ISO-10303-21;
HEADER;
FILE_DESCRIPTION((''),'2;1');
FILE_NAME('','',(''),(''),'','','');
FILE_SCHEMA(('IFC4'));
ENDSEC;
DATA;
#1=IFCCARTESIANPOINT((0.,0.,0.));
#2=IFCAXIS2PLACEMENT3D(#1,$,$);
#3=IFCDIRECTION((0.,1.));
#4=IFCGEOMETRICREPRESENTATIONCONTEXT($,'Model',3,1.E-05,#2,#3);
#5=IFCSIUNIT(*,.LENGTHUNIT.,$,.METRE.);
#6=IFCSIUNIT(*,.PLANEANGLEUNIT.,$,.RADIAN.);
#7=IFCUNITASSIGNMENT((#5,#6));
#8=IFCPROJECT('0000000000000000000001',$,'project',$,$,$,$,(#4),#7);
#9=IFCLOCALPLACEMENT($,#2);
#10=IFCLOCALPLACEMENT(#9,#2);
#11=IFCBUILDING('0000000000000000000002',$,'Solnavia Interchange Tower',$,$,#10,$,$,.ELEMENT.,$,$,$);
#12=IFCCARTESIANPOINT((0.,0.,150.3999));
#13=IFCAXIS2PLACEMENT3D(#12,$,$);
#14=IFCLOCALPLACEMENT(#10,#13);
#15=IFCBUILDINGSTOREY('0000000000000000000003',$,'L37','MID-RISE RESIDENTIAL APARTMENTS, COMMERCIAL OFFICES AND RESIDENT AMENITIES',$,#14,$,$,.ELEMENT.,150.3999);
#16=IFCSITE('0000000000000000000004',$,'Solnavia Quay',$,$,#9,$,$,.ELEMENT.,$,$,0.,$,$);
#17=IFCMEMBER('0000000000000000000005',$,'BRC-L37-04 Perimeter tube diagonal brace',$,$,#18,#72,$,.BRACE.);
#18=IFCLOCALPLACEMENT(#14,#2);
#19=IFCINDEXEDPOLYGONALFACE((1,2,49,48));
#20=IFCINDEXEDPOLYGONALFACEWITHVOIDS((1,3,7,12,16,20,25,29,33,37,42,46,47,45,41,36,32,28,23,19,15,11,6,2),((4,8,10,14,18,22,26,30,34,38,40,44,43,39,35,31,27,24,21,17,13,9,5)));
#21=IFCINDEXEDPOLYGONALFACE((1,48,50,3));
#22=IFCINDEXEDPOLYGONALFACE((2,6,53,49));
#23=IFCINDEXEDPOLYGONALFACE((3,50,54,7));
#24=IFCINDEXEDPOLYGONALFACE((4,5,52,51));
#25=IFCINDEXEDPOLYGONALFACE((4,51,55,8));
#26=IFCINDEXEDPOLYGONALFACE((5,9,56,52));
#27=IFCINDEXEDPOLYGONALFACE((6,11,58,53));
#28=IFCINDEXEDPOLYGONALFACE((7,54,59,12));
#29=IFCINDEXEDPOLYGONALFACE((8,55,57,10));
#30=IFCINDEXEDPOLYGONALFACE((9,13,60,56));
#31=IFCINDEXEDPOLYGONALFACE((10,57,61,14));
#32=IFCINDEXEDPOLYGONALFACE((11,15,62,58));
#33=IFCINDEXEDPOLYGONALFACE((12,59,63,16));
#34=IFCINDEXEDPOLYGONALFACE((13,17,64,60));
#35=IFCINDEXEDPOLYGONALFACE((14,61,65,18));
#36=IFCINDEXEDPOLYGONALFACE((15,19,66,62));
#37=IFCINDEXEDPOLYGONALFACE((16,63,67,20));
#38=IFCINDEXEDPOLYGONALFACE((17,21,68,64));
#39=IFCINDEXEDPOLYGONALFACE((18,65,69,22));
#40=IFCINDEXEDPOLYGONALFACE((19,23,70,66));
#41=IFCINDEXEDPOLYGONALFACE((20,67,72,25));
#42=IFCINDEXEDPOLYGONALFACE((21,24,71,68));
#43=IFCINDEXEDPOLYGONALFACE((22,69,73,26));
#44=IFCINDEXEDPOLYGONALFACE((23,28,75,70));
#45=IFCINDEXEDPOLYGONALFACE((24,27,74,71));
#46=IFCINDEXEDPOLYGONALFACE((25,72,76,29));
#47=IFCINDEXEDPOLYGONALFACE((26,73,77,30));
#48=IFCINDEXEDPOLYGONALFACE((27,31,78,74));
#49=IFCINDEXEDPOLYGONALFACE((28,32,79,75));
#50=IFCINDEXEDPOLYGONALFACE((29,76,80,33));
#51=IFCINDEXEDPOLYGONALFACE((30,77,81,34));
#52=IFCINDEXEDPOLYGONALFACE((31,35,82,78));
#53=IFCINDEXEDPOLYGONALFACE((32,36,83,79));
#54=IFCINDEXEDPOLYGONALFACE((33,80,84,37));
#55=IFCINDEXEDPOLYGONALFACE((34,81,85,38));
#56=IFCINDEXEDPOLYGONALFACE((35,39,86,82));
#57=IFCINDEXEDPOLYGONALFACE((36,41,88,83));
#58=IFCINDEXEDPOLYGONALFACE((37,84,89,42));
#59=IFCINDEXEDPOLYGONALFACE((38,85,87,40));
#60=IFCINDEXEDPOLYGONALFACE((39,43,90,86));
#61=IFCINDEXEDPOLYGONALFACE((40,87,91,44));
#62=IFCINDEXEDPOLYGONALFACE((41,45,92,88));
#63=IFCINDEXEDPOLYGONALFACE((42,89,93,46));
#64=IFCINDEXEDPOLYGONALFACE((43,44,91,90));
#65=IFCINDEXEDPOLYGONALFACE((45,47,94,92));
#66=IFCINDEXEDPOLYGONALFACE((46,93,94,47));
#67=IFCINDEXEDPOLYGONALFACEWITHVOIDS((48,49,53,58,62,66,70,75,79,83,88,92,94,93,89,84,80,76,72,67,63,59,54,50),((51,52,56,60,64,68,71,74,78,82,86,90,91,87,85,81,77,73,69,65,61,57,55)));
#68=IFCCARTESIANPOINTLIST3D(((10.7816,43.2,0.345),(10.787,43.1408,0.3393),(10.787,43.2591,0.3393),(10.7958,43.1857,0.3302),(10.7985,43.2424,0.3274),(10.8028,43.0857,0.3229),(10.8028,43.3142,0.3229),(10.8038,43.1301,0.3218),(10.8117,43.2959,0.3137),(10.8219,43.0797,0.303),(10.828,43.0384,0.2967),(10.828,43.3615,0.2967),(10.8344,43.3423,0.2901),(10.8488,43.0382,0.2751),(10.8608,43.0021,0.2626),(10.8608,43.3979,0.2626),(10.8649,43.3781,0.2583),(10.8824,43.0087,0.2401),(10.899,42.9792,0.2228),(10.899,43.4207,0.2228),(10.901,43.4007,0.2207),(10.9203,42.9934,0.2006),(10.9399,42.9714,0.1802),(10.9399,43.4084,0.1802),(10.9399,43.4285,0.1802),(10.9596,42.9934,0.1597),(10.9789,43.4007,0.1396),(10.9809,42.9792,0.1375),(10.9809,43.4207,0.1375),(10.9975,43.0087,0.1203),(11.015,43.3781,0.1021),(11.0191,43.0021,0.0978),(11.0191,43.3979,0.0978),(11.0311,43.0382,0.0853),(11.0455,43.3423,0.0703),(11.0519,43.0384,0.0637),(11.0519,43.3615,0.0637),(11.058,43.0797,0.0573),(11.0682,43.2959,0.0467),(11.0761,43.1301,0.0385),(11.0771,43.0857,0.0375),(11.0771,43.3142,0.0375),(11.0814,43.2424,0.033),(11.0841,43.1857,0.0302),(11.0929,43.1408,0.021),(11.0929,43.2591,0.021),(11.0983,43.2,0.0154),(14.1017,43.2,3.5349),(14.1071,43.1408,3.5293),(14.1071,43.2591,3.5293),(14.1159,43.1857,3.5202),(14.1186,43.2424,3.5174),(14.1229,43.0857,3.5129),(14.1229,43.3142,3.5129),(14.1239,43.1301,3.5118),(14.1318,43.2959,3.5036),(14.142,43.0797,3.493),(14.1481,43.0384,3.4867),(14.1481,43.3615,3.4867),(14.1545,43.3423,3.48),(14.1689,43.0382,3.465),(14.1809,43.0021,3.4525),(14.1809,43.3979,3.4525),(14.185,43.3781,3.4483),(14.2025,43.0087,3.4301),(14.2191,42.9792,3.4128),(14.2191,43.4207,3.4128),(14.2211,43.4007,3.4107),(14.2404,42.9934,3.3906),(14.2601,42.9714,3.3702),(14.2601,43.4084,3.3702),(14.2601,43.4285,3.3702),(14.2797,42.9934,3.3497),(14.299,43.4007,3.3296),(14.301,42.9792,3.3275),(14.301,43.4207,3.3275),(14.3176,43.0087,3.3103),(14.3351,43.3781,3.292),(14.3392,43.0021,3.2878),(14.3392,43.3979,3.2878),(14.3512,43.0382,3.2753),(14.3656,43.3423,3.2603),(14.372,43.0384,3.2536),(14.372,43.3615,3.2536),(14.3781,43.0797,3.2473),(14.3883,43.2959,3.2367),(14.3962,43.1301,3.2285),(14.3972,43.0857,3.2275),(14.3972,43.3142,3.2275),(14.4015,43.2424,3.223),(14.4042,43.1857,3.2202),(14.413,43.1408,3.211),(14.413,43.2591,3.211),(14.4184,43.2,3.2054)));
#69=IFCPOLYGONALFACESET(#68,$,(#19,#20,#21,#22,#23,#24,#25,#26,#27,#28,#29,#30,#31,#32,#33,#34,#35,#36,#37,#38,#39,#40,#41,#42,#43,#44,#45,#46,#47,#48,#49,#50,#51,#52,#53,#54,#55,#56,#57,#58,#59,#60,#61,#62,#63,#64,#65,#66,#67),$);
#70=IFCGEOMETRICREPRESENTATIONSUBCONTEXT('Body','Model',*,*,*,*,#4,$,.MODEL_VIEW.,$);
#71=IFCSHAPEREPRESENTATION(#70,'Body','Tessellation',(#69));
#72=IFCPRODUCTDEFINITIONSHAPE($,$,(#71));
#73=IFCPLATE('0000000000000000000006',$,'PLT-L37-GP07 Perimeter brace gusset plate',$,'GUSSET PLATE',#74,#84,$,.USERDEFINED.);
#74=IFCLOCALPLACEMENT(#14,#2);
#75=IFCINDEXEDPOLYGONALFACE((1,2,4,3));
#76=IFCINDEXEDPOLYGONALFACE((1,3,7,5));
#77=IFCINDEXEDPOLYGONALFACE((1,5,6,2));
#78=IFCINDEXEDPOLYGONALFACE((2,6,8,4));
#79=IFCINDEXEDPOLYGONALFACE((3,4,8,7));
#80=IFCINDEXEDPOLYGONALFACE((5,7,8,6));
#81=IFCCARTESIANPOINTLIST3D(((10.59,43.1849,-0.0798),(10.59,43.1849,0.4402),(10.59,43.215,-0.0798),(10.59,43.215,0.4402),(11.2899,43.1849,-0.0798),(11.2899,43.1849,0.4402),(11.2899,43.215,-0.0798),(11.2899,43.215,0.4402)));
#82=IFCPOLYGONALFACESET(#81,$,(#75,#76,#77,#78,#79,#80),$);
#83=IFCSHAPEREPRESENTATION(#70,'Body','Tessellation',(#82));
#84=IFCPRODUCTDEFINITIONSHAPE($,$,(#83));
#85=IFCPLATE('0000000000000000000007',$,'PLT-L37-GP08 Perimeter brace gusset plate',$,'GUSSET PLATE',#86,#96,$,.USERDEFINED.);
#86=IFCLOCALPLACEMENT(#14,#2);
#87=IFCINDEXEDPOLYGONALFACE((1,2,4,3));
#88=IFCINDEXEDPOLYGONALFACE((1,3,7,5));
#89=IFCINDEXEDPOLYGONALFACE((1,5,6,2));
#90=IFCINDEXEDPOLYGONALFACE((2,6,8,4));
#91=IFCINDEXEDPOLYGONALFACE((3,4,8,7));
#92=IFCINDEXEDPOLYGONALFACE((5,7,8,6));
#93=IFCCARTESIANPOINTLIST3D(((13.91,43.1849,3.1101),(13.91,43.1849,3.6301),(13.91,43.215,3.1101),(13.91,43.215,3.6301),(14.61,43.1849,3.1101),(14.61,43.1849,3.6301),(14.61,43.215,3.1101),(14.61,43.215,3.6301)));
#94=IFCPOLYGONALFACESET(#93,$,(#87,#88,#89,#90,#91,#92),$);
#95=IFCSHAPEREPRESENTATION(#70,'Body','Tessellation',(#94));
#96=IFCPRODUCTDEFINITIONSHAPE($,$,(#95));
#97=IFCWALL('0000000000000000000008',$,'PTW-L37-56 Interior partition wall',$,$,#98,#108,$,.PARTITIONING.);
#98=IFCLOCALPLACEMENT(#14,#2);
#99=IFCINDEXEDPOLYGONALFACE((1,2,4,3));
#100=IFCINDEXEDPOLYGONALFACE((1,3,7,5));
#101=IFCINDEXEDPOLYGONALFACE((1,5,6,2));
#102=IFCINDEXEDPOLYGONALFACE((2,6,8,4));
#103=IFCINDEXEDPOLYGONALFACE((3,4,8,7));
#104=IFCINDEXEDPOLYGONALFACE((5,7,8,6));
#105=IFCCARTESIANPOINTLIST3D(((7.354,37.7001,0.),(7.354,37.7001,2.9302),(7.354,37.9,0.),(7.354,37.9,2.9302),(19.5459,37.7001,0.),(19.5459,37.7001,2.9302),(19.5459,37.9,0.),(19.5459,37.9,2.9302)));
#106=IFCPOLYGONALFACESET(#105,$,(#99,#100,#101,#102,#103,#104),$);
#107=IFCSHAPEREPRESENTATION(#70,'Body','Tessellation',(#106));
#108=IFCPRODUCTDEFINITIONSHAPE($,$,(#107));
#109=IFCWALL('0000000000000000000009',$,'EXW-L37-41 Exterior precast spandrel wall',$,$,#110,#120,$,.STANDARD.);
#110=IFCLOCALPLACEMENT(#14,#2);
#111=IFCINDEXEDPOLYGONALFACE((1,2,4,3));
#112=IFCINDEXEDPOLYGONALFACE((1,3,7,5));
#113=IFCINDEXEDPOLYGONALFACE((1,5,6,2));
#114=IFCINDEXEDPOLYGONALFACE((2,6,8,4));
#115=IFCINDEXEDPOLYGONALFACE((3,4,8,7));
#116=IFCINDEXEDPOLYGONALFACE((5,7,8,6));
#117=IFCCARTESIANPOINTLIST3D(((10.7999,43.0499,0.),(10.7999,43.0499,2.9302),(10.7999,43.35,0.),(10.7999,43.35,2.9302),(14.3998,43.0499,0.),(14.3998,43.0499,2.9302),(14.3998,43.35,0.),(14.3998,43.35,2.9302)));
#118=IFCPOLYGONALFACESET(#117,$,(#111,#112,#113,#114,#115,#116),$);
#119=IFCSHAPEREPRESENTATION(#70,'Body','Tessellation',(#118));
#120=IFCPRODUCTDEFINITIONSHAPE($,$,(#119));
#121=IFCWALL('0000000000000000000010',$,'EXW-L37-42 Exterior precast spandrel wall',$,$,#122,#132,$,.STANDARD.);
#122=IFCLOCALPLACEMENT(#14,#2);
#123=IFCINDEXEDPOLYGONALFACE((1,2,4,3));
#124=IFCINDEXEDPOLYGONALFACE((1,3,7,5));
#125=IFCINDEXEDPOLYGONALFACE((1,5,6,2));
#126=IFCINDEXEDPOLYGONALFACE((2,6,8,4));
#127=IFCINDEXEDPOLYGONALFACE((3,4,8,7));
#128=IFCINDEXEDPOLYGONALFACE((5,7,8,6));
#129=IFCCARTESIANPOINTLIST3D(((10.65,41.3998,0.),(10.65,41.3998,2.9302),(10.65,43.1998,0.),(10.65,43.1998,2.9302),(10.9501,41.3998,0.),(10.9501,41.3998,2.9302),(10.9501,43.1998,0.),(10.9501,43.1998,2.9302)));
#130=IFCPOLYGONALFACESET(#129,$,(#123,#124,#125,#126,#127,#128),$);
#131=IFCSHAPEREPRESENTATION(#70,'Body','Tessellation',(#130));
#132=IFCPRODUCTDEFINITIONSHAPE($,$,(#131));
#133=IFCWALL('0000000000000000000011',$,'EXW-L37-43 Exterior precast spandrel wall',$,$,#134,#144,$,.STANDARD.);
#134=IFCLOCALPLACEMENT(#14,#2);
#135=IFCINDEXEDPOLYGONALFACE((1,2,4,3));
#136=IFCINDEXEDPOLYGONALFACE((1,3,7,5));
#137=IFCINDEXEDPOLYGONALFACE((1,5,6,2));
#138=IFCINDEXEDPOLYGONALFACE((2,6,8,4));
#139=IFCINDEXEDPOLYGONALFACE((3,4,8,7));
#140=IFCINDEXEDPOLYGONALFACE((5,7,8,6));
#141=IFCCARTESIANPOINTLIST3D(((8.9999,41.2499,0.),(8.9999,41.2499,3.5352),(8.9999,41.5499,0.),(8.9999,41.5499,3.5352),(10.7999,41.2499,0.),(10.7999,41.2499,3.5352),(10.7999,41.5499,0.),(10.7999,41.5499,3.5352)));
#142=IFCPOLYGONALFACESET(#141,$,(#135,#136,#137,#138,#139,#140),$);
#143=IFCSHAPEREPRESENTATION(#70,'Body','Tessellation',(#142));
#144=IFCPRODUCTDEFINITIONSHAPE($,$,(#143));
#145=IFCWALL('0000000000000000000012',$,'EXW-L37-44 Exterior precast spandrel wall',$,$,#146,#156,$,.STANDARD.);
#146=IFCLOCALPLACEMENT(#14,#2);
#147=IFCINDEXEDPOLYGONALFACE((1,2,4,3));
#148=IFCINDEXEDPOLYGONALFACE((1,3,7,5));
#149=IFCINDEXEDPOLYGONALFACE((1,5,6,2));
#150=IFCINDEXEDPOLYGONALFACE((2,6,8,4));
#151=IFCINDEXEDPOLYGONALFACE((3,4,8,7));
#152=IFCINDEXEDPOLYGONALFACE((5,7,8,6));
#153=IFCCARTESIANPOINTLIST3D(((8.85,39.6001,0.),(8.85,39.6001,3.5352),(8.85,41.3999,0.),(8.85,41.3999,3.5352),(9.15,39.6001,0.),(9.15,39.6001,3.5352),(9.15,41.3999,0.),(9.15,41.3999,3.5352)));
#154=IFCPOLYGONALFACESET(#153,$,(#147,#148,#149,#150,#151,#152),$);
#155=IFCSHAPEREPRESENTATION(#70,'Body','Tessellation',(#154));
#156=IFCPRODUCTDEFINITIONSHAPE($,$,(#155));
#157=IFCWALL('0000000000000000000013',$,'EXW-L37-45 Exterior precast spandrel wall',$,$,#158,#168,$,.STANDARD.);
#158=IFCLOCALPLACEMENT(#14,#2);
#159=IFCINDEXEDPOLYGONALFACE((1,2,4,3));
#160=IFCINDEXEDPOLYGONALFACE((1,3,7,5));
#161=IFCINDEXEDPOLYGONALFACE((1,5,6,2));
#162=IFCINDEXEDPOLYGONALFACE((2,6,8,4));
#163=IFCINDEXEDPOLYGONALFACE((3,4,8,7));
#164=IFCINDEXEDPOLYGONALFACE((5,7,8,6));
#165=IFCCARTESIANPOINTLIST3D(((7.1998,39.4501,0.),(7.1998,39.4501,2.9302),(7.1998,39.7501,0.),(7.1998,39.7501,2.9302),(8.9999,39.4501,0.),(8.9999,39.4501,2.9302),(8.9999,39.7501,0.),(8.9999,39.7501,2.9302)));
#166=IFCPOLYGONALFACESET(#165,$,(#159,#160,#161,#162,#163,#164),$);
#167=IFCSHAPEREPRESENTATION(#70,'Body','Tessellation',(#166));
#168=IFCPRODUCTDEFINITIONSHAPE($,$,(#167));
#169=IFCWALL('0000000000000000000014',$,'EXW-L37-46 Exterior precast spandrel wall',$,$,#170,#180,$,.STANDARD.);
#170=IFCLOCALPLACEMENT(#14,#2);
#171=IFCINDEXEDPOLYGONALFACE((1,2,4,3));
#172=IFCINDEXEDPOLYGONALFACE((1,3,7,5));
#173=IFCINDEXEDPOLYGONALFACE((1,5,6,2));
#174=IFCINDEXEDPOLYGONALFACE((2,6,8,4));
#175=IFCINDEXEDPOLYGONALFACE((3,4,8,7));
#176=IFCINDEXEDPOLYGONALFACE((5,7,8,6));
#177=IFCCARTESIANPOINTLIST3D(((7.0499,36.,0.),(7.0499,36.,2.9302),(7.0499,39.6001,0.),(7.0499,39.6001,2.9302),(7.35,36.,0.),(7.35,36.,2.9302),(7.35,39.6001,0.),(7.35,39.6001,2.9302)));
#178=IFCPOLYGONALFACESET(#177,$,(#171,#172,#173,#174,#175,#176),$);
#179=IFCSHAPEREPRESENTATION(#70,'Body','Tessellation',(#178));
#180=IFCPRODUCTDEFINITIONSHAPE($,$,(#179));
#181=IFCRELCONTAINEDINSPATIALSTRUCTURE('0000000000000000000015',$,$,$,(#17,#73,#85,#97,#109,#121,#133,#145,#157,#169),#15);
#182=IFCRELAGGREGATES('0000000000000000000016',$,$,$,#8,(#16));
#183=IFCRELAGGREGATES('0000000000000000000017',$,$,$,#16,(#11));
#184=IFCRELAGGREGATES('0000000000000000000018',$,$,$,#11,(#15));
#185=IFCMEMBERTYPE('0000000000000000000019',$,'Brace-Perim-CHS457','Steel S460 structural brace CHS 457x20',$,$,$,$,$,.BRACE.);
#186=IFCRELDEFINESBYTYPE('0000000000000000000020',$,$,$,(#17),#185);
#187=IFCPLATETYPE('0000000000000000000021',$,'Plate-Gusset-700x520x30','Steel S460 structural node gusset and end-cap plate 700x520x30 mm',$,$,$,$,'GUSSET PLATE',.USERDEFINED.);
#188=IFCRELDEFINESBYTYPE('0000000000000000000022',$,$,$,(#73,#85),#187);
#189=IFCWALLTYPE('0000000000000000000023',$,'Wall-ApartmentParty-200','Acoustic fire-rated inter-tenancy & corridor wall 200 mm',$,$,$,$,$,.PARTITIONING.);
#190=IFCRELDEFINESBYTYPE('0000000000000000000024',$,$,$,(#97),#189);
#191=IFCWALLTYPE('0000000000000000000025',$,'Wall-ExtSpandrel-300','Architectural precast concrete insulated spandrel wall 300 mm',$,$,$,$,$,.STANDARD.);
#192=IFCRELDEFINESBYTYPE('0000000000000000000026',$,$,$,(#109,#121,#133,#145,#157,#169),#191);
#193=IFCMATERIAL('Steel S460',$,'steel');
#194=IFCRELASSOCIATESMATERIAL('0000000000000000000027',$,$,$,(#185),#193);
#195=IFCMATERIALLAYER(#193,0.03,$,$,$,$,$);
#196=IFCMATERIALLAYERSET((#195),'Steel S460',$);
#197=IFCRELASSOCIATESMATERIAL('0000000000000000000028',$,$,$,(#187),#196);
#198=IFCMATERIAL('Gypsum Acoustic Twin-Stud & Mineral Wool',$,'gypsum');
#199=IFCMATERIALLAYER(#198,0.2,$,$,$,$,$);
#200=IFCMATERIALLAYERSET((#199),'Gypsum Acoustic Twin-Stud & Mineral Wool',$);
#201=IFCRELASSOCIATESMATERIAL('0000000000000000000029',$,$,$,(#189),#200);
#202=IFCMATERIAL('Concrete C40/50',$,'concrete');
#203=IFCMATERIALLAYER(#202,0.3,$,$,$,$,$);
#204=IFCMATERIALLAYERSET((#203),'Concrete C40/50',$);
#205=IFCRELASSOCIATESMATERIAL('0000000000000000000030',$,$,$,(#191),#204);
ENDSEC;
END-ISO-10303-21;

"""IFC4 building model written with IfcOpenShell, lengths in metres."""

from ifc_helpers import new_model, si_unit, direction, frame, frame_2d, origin, origin_2d, place, context, subcontext, project, spatial, rectangle, hollow_circle, extrude, material, layer, layer_set, material_profile, profile_set, type_object, element, save


model = new_model("IFC4")

# Units and contexts
model_context = context("Model", 3, precision=1e-05, world=origin(), true_north=direction((0.0, 1.0)))
body_context = subcontext(model_context, "Body", "Model", "MODEL_VIEW")
ifc_project = project(units=[si_unit("LENGTHUNIT", "METRE"), si_unit("PLANEANGLEUNIT", "RADIAN")], contexts=[model_context])

# Site, building, storey
site_placement = place(None, origin())
site = spatial("IfcSite", under=ifc_project, at=site_placement, Name="Solnavia Quay", CompositionType="ELEMENT", RefElevation=0.0)
building_placement = place(site_placement, origin())
building = spatial("IfcBuilding", under=site, at=building_placement, Name="Solnavia Interchange Tower", CompositionType="ELEMENT")
storey_placement = place(building_placement, frame((0.0, 0.0, 150.3999)))
storey = spatial("IfcBuildingStorey", under=building, at=storey_placement, Name="L37", Description="MID-RISE RESIDENTIAL APARTMENTS, COMMERCIAL OFFICES AND RESIDENT AMENITIES", CompositionType="ELEMENT", Elevation=150.3999)

# Shared definitions
ifc_material_1 = material(Name="Steel S460", Category="steel")

# Member
ifc_material_profile_1 = material_profile(ifc_material_1, hollow_circle(Radius=0.2285, WallThickness=0.02, at=origin_2d()), Name="CHS 457x20")
ifc_profile_set_1 = profile_set([ifc_material_profile_1], Name="Steel S460")
member_type = type_object("IfcMemberType", Name="Brace-Perim-CHS457", Description="Steel S460 structural brace CHS 457x20", PredefinedType="BRACE", material=ifc_profile_set_1)
member_placement = place(storey_placement, frame((10.9399, 43.2, 0.1802), z_axis=(0.721097, 0.0, 0.692834), x_axis=(0.0, 1.0, 0.0)))
element("IfcMember", 1, at=member_placement, inside=storey, type_object=member_type, Name="BRC-L37-04 Perimeter tube diagonal brace", PredefinedType="BRACE", context=body_context, shape_type="SweptSolid", body=[
    extrude(hollow_circle(Radius=0.2285, WallThickness=0.02, at=origin_2d()), origin(), (0.0, 0.0, 1.0), 4.6042),
])

# Plates
ifc_layer_1 = layer(ifc_material_1, 0.03)
ifc_layer_set_1 = layer_set([ifc_layer_1], Name="Steel S460")
plate_type = type_object("IfcPlateType", Name="Plate-Gusset-700x520x30", Description="Steel S460 structural node gusset and end-cap plate 700x520x30 mm", ElementType="GUSSET PLATE", PredefinedType="USERDEFINED", material=ifc_layer_set_1)
for number, where, z_axis, x_axis, name in (
    (2, (10.9399, 43.2, -0.0798), (0.0, 0.0, 1.0), (1.0, 0.0, 0.0), "PLT-L37-GP07 Perimeter brace gusset plate"),
    (3, (14.26, 43.2, 3.1101), (0.0, 0.0, 1.0), (1.0, 0.0, 0.0), "PLT-L37-GP08 Perimeter brace gusset plate"),
):
    element("IfcPlate", number, at=place(storey_placement, frame(where, z_axis=z_axis, x_axis=x_axis)), inside=storey, type_object=plate_type, Name=name, ObjectType="GUSSET PLATE", PredefinedType="USERDEFINED", context=body_context, shape_type="SweptSolid", body=[
        extrude(rectangle(XDim=0.7, YDim=0.03, at=origin_2d()), origin(), (0.0, 0.0, 1.0), 0.52),
    ])

# Walls
ifc_material_2 = material(Name="Gypsum Acoustic Twin-Stud & Mineral Wool", Category="gypsum")
ifc_layer_2 = layer(ifc_material_2, 0.2)
ifc_layer_set_2 = layer_set([ifc_layer_2], Name="Gypsum Acoustic Twin-Stud & Mineral Wool")
wall_type_1 = type_object("IfcWallType", Name="Wall-ApartmentParty-200", Description="Acoustic fire-rated inter-tenancy & corridor wall 200 mm", PredefinedType="PARTITIONING", material=ifc_layer_set_2)
wall_1_placement = place(storey_placement, frame((7.354, 37.8, 0.0), z_axis=(0.0, 0.0, 1.0), x_axis=(1.0, 0.0, 0.0)))
element("IfcWall", 4, at=wall_1_placement, inside=storey, type_object=wall_type_1, Name="PTW-L37-56 Interior partition wall", PredefinedType="PARTITIONING", context=body_context, shape_type="SweptSolid", body=[
    extrude(rectangle(XDim=12.1919, YDim=0.2, at=frame_2d((6.0959, 0.0))), origin(), (0.0, 0.0, 1.0), 2.9302),
])
ifc_material_3 = material(Name="Concrete C40/50", Category="concrete")
ifc_layer_3 = layer(ifc_material_3, 0.3)
ifc_layer_set_3 = layer_set([ifc_layer_3], Name="Concrete C40/50")
wall_type_2 = type_object("IfcWallType", Name="Wall-ExtSpandrel-300", Description="Architectural precast concrete insulated spandrel wall 300 mm", PredefinedType="STANDARD", material=ifc_layer_set_3)
wall_2_placement = place(storey_placement, frame((10.8, 43.2, 0.0), z_axis=(0.0, 0.0, 1.0), x_axis=(1.0, 0.0, 0.0)))
element("IfcWall", 5, at=wall_2_placement, inside=storey, type_object=wall_type_2, Name="EXW-L37-41 Exterior precast spandrel wall", PredefinedType="STANDARD", context=body_context, shape_type="SweptSolid", body=[
    extrude(rectangle(XDim=3.5999, YDim=0.3, at=frame_2d((1.7998, 0.0))), origin(), (0.0, 0.0, 1.0), 2.9302),
])
wall_3_placement = place(storey_placement, frame((10.8, 41.3999, 0.0), z_axis=(0.0, 0.0, 1.0), x_axis=(0.0, 1.0, 0.0)))
element("IfcWall", 6, at=wall_3_placement, inside=storey, type_object=wall_type_2, Name="EXW-L37-42 Exterior precast spandrel wall", PredefinedType="STANDARD", context=body_context, shape_type="SweptSolid", body=[
    extrude(rectangle(XDim=1.8, YDim=0.3, at=frame_2d((0.8999, 0.0))), origin(), (0.0, 0.0, 1.0), 2.9302),
])
wall_4_placement = place(storey_placement, frame((9.0, 41.3999, 0.0), z_axis=(0.0, 0.0, 1.0), x_axis=(1.0, 0.0, 0.0)))
element("IfcWall", 7, at=wall_4_placement, inside=storey, type_object=wall_type_2, Name="EXW-L37-43 Exterior precast spandrel wall", PredefinedType="STANDARD", context=body_context, shape_type="SweptSolid", body=[
    extrude(rectangle(XDim=1.8, YDim=0.3, at=frame_2d((0.8999, 0.0))), origin(), (0.0, 0.0, 1.0), 3.5352),
])
wall_5_placement = place(storey_placement, frame((9.0, 39.6001, 0.0), z_axis=(0.0, 0.0, 1.0), x_axis=(0.0, 1.0, 0.0)))
element("IfcWall", 8, at=wall_5_placement, inside=storey, type_object=wall_type_2, Name="EXW-L37-44 Exterior precast spandrel wall", PredefinedType="STANDARD", context=body_context, shape_type="SweptSolid", body=[
    extrude(rectangle(XDim=1.7998, YDim=0.3, at=frame_2d((0.8999, 0.0))), origin(), (0.0, 0.0, 1.0), 3.5352),
])
wall_6_placement = place(storey_placement, frame((7.2, 39.6001, 0.0), z_axis=(0.0, 0.0, 1.0), x_axis=(1.0, 0.0, 0.0)))
element("IfcWall", 9, at=wall_6_placement, inside=storey, type_object=wall_type_2, Name="EXW-L37-45 Exterior precast spandrel wall", PredefinedType="STANDARD", context=body_context, shape_type="SweptSolid", body=[
    extrude(rectangle(XDim=1.8, YDim=0.3, at=frame_2d((0.8999, 0.0))), origin(), (0.0, 0.0, 1.0), 2.9302),
])
wall_7_placement = place(storey_placement, frame((7.2, 36.0, 0.0), z_axis=(0.0, 0.0, 1.0), x_axis=(0.0, 1.0, 0.0)))
element("IfcWall", 10, at=wall_7_placement, inside=storey, type_object=wall_type_2, Name="EXW-L37-46 Exterior precast spandrel wall", PredefinedType="STANDARD", context=body_context, shape_type="SweptSolid", body=[
    extrude(rectangle(XDim=3.6001, YDim=0.3, at=frame_2d((1.8, 0.0))), origin(), (0.0, 0.0, 1.0), 2.9302),
])

save(model, "model.ifc")
